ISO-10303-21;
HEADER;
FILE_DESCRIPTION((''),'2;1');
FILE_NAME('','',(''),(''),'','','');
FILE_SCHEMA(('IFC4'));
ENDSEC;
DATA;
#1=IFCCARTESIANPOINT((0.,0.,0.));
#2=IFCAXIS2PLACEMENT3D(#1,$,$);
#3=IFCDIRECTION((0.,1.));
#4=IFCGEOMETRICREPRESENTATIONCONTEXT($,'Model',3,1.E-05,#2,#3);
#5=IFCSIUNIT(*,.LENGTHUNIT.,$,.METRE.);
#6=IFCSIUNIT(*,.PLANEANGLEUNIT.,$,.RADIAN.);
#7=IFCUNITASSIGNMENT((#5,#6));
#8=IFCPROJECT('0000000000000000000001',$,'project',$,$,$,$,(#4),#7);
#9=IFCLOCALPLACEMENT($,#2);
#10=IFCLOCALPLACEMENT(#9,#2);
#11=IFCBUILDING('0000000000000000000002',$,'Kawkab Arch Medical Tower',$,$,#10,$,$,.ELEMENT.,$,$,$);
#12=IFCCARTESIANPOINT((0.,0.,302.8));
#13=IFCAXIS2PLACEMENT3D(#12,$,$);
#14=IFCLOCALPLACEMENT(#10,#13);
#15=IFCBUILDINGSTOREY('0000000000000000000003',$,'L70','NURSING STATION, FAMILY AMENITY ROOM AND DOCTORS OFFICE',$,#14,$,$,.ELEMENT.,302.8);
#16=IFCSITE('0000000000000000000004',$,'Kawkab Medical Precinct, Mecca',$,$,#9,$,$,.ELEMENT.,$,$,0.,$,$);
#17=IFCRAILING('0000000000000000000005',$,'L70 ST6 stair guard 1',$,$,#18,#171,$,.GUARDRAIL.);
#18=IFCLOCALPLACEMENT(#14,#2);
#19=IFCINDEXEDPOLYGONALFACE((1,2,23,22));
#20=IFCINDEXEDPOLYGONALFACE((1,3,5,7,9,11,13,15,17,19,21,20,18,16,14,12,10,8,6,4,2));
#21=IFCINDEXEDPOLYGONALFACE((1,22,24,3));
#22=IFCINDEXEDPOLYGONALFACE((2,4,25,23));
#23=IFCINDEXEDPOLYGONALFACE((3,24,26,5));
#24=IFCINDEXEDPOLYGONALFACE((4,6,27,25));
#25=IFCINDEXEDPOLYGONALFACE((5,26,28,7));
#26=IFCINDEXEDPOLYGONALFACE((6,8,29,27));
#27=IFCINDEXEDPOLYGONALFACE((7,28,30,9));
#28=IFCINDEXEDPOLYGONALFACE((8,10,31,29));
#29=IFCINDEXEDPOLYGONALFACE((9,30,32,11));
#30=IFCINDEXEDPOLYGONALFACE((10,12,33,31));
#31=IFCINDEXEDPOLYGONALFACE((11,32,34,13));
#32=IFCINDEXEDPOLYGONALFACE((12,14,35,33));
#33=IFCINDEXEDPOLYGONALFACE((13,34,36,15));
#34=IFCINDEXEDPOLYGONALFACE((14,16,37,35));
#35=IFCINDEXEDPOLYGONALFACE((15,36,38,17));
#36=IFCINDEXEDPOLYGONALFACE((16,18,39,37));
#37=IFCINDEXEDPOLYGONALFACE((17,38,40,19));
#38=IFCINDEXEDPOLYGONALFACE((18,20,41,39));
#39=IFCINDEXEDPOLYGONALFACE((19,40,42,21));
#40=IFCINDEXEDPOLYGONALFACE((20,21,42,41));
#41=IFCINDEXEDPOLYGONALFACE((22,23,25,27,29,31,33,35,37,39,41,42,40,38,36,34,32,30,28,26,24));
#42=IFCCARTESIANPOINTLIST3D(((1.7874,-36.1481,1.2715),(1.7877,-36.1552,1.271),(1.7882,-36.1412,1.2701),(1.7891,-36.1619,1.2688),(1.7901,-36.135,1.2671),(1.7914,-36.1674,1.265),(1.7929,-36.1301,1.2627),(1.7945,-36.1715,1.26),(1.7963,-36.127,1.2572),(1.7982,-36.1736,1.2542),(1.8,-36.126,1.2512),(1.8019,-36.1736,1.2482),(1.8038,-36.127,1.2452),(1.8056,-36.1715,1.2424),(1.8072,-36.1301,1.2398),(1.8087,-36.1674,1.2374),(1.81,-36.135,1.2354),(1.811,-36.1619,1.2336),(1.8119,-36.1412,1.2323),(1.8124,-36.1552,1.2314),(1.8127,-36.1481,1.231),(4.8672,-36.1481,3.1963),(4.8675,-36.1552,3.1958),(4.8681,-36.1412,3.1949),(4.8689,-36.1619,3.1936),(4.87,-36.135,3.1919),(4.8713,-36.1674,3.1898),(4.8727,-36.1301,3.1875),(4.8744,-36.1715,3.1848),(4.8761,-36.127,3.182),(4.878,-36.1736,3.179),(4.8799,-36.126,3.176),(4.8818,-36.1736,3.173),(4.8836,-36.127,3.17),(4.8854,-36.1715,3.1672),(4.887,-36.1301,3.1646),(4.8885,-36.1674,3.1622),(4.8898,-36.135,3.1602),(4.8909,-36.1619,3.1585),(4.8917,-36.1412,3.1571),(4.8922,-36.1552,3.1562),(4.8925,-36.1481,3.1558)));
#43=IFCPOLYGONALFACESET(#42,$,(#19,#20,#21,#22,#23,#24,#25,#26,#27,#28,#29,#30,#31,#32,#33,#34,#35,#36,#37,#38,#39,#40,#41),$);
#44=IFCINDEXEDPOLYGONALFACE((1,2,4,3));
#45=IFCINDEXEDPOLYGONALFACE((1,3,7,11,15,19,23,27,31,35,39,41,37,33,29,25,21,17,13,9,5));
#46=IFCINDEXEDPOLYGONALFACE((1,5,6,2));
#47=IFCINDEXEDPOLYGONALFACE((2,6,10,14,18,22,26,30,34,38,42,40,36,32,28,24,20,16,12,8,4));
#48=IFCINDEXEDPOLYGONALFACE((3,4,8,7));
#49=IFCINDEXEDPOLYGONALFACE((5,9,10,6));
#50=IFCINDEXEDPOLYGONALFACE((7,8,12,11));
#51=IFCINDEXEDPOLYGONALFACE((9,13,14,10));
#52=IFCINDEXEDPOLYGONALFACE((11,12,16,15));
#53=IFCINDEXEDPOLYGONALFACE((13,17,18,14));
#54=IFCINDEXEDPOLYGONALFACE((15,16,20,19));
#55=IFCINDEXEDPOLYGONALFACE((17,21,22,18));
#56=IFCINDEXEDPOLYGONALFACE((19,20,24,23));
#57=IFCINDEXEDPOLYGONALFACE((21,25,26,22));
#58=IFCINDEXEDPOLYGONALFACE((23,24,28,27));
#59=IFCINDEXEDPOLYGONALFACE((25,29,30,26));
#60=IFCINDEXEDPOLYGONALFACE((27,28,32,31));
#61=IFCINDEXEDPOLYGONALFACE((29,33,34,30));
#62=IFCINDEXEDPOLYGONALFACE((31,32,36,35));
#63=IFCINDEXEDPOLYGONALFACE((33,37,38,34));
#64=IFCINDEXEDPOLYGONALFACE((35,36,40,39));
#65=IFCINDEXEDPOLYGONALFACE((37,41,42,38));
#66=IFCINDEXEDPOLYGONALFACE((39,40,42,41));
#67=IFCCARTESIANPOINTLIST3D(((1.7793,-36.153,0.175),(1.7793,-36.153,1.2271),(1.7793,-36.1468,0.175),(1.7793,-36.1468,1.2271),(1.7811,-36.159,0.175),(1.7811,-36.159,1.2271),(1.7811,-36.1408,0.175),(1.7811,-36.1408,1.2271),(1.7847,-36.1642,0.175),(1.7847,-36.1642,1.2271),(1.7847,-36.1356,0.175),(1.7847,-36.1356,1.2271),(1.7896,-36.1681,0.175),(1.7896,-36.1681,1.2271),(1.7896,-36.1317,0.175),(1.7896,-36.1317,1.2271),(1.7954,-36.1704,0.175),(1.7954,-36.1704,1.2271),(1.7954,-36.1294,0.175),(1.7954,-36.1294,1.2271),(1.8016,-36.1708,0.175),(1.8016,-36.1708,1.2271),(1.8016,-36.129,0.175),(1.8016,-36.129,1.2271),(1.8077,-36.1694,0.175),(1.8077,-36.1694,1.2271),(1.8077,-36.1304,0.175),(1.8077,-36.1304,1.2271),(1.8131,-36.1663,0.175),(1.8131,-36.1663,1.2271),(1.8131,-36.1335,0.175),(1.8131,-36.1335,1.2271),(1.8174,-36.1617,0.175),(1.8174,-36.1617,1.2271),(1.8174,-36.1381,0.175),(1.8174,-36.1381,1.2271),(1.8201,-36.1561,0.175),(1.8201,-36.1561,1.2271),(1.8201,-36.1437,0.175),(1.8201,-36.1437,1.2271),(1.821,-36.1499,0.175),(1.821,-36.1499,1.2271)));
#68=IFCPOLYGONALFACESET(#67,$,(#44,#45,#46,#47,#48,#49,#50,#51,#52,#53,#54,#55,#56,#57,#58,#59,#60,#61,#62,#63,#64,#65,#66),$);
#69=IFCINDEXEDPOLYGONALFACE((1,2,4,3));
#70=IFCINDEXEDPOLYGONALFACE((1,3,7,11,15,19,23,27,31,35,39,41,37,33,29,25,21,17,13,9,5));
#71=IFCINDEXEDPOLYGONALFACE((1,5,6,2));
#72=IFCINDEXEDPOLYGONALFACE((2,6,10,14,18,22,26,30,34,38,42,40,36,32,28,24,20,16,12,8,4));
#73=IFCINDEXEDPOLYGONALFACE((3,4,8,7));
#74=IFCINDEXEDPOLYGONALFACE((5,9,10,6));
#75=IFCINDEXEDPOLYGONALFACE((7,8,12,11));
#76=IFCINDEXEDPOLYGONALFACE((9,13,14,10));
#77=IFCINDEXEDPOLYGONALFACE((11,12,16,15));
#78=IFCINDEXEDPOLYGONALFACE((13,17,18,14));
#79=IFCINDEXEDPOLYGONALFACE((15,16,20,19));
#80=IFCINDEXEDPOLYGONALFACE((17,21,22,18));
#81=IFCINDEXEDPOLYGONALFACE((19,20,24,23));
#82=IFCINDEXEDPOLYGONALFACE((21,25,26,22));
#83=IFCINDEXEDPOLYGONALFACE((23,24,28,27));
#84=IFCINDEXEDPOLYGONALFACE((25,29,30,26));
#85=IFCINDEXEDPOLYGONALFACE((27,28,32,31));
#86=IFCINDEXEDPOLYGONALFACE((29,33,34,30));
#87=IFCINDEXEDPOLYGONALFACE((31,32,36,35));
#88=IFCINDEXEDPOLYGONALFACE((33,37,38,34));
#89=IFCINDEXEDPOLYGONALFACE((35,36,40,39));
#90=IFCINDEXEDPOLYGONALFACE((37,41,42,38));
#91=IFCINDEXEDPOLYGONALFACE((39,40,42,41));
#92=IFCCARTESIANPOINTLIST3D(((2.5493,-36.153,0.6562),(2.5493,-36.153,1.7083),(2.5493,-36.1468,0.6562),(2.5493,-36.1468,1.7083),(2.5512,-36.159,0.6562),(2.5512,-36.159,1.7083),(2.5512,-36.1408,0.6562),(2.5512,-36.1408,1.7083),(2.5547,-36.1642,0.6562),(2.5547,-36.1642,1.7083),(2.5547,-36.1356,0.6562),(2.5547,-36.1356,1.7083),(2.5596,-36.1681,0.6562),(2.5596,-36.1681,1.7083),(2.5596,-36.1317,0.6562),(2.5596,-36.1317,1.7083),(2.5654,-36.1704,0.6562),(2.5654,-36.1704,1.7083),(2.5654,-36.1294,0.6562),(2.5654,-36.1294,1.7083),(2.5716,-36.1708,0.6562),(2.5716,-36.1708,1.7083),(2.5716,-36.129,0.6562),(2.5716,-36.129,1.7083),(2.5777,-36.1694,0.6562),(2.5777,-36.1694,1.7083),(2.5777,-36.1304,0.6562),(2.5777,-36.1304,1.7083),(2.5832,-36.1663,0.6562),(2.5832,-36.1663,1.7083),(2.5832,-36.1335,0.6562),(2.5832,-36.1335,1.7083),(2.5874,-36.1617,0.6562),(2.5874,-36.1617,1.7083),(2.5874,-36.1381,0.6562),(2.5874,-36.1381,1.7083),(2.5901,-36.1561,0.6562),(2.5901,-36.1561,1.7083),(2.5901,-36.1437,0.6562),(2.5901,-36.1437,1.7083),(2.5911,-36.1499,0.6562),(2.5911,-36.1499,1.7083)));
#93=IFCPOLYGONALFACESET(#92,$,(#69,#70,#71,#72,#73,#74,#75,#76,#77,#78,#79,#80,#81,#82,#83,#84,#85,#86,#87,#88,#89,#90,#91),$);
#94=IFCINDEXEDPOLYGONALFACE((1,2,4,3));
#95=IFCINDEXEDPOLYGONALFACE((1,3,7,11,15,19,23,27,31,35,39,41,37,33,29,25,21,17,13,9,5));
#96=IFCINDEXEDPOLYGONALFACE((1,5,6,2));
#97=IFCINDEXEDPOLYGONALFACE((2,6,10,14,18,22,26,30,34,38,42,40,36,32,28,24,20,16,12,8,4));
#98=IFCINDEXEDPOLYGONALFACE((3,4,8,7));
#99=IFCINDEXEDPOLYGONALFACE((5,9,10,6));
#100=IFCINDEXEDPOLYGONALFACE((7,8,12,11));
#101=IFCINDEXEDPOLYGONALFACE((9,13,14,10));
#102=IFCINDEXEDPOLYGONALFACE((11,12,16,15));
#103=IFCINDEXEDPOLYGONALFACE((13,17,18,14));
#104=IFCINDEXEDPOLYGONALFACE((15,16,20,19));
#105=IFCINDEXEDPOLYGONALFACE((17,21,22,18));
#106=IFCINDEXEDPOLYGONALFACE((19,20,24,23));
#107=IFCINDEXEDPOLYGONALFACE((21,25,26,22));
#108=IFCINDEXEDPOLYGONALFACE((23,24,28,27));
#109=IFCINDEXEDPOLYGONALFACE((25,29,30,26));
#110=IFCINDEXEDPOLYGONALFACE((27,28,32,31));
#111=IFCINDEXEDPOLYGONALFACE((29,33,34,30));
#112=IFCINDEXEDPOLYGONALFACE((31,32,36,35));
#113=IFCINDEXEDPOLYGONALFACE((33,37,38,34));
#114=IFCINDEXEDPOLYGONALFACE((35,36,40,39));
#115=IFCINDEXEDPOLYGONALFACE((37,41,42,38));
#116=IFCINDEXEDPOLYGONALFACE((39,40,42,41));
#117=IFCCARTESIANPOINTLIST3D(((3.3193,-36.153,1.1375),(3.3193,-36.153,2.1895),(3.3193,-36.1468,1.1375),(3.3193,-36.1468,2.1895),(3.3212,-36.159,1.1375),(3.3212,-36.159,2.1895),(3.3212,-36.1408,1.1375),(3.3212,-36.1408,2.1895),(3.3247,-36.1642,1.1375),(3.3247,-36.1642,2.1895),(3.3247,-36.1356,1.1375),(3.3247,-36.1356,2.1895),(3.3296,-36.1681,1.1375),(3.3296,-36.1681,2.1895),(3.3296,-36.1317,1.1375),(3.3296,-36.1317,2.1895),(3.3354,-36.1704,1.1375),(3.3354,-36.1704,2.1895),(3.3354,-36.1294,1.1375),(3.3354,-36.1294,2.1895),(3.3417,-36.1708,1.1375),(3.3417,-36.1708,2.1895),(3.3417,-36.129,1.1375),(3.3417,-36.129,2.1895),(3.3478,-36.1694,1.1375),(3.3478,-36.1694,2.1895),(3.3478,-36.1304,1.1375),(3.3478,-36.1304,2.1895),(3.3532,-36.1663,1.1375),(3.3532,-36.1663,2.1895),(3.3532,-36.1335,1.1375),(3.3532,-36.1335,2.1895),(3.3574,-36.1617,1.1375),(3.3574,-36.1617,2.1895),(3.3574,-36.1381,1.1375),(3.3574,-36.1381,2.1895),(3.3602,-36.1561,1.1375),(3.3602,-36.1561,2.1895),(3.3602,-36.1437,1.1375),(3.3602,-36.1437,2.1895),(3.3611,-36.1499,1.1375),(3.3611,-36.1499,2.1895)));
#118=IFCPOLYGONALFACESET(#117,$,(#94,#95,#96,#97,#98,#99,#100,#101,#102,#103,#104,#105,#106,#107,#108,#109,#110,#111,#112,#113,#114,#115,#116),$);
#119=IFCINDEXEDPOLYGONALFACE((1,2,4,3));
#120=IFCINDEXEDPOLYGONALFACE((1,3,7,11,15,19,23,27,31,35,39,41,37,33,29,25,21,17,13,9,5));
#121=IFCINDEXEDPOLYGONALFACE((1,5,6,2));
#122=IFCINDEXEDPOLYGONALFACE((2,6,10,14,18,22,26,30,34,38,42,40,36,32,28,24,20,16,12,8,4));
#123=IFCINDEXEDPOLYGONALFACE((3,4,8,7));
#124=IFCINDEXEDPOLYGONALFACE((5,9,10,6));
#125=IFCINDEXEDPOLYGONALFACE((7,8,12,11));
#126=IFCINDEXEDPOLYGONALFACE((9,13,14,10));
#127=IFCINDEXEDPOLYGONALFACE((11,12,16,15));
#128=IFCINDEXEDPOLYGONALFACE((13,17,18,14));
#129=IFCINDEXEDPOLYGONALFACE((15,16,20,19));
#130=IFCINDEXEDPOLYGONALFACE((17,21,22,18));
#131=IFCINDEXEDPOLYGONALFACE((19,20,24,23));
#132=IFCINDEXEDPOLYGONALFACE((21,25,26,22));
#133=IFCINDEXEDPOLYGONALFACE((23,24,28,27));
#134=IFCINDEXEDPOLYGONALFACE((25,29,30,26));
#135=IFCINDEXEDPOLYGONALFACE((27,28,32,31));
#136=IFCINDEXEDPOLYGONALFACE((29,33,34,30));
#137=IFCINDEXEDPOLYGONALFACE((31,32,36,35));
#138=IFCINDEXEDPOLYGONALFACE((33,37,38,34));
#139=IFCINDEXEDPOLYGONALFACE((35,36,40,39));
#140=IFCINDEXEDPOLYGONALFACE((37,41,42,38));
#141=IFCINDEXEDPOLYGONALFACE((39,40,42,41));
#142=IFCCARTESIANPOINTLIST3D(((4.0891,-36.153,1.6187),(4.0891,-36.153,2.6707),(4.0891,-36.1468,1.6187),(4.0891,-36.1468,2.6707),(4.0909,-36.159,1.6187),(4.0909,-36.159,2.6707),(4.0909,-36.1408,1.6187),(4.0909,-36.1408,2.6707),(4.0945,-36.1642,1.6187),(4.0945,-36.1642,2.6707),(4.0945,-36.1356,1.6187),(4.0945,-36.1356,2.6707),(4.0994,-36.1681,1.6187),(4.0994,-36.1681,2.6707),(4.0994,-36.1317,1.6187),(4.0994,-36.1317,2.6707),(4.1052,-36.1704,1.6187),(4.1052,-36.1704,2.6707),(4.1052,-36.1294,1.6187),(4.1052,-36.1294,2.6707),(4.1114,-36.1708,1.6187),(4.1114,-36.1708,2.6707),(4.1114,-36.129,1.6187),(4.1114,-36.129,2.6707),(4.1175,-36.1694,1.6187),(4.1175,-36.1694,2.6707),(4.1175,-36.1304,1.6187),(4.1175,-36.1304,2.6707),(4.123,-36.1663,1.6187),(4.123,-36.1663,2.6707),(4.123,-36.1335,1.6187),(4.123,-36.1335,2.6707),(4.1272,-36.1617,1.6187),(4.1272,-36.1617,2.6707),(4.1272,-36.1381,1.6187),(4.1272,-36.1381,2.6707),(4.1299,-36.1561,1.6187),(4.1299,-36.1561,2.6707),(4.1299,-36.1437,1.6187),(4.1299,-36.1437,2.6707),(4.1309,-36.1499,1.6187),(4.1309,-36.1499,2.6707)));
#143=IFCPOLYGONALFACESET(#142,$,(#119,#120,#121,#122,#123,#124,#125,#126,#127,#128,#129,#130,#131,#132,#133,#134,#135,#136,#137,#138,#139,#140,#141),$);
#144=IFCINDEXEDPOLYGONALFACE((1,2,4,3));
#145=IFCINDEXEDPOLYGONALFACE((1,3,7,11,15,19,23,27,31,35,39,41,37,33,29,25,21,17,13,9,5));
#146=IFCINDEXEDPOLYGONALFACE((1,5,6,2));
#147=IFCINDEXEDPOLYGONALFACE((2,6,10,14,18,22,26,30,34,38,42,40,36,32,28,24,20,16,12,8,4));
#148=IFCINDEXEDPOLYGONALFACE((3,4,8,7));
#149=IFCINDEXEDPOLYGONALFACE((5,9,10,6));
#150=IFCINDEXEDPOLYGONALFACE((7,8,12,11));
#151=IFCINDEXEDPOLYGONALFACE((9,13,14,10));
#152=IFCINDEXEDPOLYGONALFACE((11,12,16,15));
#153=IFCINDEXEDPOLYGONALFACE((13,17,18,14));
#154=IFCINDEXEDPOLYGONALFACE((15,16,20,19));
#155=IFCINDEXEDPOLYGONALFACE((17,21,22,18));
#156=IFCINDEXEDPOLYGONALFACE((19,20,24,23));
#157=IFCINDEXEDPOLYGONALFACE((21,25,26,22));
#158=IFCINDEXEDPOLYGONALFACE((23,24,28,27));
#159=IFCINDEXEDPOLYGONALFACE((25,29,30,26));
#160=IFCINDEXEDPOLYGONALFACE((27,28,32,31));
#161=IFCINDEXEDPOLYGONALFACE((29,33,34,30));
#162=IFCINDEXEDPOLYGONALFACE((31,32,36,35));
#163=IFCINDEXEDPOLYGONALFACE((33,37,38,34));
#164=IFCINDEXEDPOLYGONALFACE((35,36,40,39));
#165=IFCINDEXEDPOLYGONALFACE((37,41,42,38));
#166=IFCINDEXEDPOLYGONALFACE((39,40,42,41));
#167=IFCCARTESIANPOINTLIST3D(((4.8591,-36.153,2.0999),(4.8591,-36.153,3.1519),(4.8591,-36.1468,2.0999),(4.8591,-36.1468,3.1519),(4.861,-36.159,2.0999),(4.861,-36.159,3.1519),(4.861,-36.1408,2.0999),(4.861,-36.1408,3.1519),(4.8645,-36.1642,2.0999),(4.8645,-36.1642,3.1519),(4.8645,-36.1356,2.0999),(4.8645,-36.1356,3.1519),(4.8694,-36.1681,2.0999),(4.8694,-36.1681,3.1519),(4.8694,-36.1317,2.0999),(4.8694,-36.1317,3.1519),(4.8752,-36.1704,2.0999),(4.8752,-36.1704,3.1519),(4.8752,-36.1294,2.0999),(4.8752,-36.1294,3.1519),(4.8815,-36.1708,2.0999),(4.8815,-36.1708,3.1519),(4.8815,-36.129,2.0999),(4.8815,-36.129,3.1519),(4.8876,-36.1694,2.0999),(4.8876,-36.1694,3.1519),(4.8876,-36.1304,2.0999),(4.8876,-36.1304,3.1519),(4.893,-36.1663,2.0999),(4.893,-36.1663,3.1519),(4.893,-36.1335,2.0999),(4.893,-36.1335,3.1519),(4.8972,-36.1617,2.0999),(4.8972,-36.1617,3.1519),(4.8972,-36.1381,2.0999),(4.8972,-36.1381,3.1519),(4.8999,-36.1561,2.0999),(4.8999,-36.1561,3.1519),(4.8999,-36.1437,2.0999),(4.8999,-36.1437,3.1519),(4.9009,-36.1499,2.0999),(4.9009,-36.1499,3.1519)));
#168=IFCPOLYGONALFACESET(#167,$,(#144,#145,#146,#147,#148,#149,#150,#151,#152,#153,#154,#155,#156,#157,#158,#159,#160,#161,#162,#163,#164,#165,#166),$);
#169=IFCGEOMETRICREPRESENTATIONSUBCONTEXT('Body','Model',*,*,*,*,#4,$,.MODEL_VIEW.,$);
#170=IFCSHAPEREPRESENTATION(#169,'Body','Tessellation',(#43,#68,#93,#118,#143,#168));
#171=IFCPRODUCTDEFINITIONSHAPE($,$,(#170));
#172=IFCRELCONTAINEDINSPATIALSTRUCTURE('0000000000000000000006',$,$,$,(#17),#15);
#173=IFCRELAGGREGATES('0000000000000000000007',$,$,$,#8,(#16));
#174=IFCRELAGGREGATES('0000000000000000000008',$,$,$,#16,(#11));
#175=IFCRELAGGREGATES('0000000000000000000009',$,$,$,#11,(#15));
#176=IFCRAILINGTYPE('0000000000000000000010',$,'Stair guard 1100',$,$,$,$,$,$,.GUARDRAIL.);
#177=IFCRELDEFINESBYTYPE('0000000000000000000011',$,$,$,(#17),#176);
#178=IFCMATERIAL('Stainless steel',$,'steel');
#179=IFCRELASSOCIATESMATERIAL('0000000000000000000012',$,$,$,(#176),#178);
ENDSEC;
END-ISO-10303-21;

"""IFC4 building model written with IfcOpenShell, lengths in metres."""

from ifc_helpers import new_model, si_unit, direction, frame, origin, origin_2d, place, context, subcontext, project, spatial, circle, extrude, material, type_object, element, save


model = new_model("IFC4")

# Units and contexts
model_context = context("Model", 3, precision=1e-05, world=origin(), true_north=direction((0.0, 1.0)))
body_context = subcontext(model_context, "Body", "Model", "MODEL_VIEW")
ifc_project = project(units=[si_unit("LENGTHUNIT", "METRE"), si_unit("PLANEANGLEUNIT", "RADIAN")], contexts=[model_context])

# Site, building, storey
site_placement = place(None, origin())
site = spatial("IfcSite", under=ifc_project, at=site_placement, Name="Kawkab Medical Precinct, Mecca", CompositionType="ELEMENT", RefElevation=0.0)
building_placement = place(site_placement, origin())
building = spatial("IfcBuilding", under=site, at=building_placement, Name="Kawkab Arch Medical Tower", CompositionType="ELEMENT")
storey_placement = place(building_placement, frame((0.0, 0.0, 302.8)))
storey = spatial("IfcBuildingStorey", under=building, at=storey_placement, Name="L70", Description="NURSING STATION, FAMILY AMENITY ROOM AND DOCTORS OFFICE", CompositionType="ELEMENT", Elevation=302.8)

# Railing
ifc_material_1 = material(Name="Stainless steel", Category="steel")
railing_type_1 = type_object("IfcRailingType", Name="Stair guard 1100", PredefinedType="GUARDRAIL", material=ifc_material_1)
railing_1_placement = place(storey_placement, frame((1.8, -36.1499, 0.175)))
element("IfcRailing", 1, at=railing_1_placement, inside=storey, type_object=railing_type_1, Name="L70 ST6 stair guard 1", PredefinedType="GUARDRAIL", context=body_context, shape_type="SweptSolid", body=[
    extrude(circle(Radius=0.0239, at=origin_2d()), frame((0.0, 0.0, 1.0762), z_axis=(0.84801, 0.0, 0.529981), x_axis=(0.0, 1.0, 0.0)), (0.0, 0.0, 1.0), 3.6318),
    extrude(circle(Radius=0.021, at=origin_2d()), origin(), (0.0, 0.0, 1.0), 1.052),
    extrude(circle(Radius=0.021, at=origin_2d()), frame((0.77, 0.0, 0.4812)), (0.0, 0.0, 1.0), 1.052),
    extrude(circle(Radius=0.021, at=origin_2d()), frame((1.54, 0.0, 0.9624)), (0.0, 0.0, 1.0), 1.052),
    extrude(circle(Radius=0.021, at=origin_2d()), frame((2.3098, 0.0, 1.4436)), (0.0, 0.0, 1.0), 1.052),
    extrude(circle(Radius=0.021, at=origin_2d()), frame((3.0798, 0.0, 1.9248)), (0.0, 0.0, 1.0), 1.052),
])

save(model, "model.ifc")
